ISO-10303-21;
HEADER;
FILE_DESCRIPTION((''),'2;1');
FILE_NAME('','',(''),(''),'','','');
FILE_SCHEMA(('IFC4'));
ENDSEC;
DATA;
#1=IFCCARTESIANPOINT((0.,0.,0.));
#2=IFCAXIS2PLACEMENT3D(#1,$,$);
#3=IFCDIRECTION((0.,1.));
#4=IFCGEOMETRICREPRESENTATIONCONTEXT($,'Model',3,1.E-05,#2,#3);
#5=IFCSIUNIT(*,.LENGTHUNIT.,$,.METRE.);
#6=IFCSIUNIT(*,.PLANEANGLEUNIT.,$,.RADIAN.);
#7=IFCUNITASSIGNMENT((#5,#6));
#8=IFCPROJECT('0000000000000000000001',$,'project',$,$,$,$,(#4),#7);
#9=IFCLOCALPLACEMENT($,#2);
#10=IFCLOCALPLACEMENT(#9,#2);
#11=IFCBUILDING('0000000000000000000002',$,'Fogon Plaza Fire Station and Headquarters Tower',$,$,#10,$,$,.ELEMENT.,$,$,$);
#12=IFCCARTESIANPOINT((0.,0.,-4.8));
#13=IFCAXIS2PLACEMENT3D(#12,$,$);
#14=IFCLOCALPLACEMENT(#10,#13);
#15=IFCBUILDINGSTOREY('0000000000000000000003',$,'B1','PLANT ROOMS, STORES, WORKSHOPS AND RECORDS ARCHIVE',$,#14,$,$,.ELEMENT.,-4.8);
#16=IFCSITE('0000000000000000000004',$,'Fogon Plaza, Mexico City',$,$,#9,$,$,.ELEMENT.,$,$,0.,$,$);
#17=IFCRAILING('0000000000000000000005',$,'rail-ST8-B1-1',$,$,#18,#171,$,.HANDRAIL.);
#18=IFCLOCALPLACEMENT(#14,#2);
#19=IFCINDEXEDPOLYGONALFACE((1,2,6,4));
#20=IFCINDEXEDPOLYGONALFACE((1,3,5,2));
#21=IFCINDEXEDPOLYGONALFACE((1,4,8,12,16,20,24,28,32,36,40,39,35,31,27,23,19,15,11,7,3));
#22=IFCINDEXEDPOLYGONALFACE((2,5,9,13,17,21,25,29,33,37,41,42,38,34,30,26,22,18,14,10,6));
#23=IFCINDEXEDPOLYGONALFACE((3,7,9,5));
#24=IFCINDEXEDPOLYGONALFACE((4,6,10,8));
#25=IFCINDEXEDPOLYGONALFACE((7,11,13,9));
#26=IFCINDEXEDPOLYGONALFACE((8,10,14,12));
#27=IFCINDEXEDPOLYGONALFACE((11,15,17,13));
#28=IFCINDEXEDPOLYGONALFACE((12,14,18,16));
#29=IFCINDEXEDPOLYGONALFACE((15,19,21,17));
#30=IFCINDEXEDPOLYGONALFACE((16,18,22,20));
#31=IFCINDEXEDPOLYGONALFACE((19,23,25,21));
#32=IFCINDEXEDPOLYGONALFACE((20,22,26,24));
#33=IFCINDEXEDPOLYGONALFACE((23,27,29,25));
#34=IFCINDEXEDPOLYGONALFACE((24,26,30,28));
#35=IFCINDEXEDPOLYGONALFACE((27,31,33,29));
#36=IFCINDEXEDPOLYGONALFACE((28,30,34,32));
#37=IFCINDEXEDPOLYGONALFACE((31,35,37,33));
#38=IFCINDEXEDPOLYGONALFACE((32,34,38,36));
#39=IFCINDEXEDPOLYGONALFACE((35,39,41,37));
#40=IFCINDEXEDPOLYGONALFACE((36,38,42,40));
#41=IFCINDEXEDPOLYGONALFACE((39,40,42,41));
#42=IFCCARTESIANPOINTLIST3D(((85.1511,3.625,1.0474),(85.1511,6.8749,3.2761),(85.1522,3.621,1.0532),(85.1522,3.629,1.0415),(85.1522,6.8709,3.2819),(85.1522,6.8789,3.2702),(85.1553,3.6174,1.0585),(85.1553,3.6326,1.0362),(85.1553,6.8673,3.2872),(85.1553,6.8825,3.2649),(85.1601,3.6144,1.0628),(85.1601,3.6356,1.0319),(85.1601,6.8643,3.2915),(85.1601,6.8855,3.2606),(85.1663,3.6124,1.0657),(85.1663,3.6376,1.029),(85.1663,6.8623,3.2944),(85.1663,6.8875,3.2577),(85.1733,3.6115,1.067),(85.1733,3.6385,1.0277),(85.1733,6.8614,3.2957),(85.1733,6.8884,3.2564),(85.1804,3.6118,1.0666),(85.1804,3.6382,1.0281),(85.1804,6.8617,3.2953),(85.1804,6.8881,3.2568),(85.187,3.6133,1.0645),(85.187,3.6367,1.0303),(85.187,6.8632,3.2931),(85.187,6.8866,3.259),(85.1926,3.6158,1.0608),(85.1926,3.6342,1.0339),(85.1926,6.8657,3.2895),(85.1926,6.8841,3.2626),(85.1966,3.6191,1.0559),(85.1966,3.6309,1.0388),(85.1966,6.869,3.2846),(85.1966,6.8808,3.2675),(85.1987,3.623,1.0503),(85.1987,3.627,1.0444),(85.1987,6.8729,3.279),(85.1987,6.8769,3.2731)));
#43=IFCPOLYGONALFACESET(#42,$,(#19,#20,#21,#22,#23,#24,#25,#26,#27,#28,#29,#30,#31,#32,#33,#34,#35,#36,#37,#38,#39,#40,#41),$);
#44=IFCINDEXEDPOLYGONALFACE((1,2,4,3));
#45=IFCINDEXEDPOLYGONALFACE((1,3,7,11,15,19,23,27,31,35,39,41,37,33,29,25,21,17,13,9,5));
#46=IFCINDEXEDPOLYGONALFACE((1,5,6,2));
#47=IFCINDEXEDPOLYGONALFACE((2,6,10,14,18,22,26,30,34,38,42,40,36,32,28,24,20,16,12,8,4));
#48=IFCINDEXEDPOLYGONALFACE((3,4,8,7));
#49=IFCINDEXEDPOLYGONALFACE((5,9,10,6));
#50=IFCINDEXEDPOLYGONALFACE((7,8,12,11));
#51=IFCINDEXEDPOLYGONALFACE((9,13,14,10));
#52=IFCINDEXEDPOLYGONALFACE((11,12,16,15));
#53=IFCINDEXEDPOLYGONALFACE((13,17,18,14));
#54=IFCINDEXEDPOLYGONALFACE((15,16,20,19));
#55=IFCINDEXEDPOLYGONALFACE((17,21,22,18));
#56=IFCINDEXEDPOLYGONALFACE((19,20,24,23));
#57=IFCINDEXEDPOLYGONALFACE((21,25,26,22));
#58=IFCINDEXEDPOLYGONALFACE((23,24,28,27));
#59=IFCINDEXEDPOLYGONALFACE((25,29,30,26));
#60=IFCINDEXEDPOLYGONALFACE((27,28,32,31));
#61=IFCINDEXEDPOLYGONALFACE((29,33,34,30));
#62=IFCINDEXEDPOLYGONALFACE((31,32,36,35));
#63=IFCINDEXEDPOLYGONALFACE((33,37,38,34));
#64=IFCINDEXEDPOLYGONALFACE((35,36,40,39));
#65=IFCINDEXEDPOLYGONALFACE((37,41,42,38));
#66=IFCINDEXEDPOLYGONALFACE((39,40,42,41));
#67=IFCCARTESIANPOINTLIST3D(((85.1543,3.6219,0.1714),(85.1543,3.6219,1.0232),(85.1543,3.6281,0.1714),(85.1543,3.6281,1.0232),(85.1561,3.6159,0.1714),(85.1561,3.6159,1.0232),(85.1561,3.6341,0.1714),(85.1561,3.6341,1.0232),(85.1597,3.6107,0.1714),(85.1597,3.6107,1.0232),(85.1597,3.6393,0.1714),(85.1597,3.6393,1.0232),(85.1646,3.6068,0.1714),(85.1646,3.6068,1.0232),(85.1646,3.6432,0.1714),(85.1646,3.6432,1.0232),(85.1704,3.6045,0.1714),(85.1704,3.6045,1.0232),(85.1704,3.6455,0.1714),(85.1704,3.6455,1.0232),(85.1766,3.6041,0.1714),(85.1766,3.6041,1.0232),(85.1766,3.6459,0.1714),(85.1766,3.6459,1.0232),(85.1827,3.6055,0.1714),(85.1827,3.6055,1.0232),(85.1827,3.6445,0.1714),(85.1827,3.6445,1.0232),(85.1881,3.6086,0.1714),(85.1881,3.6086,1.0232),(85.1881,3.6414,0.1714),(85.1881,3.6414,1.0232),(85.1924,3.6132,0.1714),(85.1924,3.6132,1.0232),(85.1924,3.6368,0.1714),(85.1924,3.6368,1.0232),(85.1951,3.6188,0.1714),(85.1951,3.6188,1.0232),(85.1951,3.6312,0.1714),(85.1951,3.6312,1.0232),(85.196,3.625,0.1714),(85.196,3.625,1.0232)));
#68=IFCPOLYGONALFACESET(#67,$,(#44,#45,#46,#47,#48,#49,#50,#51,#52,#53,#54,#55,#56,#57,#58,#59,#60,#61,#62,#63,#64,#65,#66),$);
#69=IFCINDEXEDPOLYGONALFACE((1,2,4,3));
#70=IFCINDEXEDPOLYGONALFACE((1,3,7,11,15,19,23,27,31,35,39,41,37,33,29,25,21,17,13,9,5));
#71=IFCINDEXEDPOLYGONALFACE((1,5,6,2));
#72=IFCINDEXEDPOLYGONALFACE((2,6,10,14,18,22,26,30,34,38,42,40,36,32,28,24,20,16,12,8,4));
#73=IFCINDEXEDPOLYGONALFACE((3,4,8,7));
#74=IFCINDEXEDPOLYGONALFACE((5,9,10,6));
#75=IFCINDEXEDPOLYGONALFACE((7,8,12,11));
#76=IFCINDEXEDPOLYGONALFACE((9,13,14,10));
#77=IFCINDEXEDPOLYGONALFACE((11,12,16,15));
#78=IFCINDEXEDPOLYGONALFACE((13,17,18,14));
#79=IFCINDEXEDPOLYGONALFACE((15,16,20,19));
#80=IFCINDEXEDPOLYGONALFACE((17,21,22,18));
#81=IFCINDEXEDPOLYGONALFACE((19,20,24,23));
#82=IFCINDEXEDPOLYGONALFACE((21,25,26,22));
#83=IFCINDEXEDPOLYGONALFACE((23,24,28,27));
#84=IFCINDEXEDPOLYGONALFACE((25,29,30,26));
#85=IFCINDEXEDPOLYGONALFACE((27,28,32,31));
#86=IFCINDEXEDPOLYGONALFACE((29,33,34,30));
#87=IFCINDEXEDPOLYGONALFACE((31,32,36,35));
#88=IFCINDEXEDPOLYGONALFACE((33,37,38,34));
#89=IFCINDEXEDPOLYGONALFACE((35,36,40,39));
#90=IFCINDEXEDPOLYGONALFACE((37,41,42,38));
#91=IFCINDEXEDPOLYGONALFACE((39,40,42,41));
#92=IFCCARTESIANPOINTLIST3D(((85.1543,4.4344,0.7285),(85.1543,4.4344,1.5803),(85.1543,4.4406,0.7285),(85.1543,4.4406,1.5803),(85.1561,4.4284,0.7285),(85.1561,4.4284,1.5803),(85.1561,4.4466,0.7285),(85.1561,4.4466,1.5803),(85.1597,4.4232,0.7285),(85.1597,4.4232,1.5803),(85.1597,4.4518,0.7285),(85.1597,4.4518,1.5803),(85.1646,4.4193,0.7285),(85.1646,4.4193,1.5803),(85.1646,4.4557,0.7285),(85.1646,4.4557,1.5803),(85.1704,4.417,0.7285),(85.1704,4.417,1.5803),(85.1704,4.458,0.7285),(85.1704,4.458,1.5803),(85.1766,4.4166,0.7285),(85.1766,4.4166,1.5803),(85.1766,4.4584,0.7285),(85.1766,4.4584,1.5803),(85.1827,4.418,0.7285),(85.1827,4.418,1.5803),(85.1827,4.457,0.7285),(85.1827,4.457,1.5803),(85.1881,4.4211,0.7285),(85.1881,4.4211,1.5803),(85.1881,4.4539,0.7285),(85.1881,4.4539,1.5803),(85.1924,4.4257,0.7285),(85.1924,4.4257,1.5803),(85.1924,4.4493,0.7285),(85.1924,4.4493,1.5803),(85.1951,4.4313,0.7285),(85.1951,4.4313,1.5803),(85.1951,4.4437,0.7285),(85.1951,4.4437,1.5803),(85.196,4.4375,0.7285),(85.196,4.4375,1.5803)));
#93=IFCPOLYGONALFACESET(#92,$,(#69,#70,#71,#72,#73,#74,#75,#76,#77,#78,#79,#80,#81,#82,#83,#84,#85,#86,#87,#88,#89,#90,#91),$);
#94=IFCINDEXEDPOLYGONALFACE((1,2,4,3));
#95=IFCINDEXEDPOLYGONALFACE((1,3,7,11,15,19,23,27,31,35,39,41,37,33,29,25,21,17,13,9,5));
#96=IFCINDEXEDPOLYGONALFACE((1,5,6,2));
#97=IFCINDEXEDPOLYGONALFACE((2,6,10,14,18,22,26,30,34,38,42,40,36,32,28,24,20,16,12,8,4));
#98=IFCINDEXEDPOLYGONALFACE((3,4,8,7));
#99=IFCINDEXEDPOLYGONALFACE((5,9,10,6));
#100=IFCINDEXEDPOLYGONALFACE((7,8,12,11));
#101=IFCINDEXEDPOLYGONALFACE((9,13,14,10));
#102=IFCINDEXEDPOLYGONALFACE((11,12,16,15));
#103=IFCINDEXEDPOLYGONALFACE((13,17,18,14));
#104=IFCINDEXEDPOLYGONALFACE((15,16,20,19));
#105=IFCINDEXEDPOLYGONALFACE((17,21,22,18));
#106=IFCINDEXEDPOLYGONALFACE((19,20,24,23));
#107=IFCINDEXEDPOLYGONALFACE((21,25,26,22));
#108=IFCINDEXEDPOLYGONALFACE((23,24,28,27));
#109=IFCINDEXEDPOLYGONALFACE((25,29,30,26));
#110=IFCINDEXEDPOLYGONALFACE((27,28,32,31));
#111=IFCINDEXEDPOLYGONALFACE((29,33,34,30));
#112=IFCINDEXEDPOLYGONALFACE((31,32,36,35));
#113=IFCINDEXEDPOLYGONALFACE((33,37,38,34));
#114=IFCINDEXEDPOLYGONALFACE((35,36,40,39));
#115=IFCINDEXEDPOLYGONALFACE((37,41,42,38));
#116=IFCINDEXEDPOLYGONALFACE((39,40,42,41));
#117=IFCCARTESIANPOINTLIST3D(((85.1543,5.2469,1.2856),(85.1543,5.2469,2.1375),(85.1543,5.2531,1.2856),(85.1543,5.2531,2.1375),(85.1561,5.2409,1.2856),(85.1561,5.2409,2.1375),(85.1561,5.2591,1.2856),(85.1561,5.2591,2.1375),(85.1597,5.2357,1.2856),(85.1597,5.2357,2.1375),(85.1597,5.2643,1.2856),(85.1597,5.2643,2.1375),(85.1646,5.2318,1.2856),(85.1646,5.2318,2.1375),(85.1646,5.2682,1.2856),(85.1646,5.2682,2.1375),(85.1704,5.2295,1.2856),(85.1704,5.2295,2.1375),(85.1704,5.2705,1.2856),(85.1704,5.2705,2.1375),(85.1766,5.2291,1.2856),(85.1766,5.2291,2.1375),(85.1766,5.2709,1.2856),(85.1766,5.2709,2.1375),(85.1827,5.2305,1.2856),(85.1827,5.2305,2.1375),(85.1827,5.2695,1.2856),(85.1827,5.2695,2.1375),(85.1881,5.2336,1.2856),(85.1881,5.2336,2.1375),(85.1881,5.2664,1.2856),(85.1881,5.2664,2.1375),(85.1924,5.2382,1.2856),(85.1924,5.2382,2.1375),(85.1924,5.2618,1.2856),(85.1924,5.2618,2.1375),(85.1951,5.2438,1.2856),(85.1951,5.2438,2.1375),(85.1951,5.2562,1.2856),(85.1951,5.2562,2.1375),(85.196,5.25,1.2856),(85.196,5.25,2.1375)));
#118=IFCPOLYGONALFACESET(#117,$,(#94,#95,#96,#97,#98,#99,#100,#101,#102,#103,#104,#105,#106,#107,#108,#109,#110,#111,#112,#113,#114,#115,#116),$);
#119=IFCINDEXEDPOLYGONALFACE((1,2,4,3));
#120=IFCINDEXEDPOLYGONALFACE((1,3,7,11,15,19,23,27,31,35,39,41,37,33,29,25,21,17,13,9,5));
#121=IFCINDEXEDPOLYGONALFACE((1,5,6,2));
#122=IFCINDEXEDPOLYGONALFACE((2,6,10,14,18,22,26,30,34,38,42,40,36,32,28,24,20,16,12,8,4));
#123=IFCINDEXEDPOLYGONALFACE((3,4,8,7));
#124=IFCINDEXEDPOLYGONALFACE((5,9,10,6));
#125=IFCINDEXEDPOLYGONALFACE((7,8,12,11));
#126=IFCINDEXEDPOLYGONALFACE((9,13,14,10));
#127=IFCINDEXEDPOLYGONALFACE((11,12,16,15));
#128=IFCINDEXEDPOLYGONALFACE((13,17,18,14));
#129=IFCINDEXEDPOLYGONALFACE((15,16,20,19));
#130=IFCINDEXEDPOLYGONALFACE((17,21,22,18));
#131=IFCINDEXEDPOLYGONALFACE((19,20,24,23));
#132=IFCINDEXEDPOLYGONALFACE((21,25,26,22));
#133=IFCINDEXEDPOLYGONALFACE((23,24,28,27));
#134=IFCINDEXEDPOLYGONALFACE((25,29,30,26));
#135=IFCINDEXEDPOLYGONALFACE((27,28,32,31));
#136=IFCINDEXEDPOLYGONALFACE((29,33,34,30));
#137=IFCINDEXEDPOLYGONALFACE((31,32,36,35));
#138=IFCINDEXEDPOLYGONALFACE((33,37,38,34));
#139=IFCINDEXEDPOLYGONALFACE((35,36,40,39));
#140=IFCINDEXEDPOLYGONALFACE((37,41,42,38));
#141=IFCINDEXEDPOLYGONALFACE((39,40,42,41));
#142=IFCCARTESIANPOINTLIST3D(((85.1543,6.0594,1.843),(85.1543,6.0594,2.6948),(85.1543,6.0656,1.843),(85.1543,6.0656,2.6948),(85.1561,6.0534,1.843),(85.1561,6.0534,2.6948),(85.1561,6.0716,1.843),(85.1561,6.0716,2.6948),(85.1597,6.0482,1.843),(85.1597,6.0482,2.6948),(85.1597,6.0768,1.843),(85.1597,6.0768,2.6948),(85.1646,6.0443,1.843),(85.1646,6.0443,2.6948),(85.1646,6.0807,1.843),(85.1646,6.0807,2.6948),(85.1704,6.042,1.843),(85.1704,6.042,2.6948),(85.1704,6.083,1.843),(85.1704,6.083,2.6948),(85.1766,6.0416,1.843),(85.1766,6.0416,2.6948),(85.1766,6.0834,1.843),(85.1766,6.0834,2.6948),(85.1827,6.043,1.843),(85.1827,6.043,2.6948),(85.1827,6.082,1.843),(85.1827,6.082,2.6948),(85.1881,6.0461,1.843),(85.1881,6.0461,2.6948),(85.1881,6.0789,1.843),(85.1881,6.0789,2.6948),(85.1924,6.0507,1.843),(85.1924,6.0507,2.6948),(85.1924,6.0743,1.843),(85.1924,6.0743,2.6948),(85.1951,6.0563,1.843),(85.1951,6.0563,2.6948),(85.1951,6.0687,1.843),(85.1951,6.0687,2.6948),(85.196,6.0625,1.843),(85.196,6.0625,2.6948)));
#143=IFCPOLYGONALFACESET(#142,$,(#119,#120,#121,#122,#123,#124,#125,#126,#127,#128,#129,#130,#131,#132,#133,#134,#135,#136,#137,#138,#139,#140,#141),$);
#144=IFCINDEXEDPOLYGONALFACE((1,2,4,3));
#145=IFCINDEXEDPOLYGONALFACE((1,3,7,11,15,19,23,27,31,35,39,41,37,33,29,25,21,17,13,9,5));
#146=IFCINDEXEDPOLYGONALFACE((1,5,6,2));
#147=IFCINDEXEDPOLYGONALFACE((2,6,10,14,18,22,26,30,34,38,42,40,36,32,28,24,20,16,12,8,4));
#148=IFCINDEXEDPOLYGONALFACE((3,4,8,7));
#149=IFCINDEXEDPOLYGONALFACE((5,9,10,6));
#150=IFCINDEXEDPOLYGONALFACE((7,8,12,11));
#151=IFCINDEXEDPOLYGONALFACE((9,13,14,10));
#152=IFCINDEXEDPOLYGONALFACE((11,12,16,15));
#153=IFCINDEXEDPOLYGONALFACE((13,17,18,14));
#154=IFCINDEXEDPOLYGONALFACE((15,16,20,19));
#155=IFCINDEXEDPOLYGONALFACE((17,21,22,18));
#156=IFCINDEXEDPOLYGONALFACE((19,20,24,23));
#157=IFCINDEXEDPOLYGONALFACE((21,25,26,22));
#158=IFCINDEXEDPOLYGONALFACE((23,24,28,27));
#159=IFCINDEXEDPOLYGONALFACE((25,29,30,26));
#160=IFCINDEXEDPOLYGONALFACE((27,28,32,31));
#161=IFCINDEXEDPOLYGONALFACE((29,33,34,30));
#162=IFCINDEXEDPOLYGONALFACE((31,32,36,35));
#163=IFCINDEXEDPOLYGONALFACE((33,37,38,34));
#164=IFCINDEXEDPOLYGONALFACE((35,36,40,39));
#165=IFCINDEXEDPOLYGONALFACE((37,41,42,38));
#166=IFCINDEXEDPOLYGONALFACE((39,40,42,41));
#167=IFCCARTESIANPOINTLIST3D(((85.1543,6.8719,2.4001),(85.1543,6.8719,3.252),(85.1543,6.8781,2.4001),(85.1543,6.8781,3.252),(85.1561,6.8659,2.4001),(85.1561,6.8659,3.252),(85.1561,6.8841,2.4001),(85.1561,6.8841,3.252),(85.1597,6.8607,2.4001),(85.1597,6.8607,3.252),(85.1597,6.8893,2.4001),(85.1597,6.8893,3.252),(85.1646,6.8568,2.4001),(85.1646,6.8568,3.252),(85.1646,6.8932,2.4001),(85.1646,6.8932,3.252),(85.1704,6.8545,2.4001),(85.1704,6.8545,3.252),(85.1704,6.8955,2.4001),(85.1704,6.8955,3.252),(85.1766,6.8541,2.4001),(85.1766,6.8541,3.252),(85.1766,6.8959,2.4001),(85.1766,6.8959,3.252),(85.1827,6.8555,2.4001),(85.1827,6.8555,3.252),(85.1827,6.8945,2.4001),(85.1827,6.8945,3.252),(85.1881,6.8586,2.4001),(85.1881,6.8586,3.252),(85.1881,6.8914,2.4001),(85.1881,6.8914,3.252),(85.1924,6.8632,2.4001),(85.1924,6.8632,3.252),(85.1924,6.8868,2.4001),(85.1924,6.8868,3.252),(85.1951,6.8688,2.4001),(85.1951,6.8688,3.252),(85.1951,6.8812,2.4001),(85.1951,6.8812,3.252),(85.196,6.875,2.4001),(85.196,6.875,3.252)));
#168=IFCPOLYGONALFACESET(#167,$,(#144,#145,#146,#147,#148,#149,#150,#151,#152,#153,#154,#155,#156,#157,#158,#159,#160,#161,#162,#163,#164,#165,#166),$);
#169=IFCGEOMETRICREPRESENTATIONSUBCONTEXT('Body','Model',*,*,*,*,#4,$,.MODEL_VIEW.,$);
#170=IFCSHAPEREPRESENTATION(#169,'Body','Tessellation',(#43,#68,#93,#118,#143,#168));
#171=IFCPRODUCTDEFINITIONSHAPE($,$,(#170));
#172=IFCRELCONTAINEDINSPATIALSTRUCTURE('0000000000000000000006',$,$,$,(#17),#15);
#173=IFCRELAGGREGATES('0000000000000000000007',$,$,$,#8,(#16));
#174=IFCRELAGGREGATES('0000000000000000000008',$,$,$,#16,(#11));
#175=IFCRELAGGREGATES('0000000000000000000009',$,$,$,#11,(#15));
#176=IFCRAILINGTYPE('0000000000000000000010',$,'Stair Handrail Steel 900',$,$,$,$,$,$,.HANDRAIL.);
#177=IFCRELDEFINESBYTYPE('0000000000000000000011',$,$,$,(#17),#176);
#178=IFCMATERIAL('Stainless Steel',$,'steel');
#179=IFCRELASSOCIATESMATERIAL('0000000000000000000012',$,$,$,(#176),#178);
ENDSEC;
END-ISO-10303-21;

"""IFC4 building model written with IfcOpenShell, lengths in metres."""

from ifc_helpers import new_model, si_unit, direction, frame, origin, origin_2d, place, context, subcontext, project, spatial, circle, extrude, material, type_object, element, save


model = new_model("IFC4")

# Units and contexts
model_context = context("Model", 3, precision=1e-05, world=origin(), true_north=direction((0.0, 1.0)))
body_context = subcontext(model_context, "Body", "Model", "MODEL_VIEW")
ifc_project = project(units=[si_unit("LENGTHUNIT", "METRE"), si_unit("PLANEANGLEUNIT", "RADIAN")], contexts=[model_context])

# Site, building, storey
site_placement = place(None, origin())
site = spatial("IfcSite", under=ifc_project, at=site_placement, Name="Fogon Plaza, Mexico City", CompositionType="ELEMENT", RefElevation=0.0)
building_placement = place(site_placement, origin())
building = spatial("IfcBuilding", under=site, at=building_placement, Name="Fogon Plaza Fire Station and Headquarters Tower", CompositionType="ELEMENT")
storey_placement = place(building_placement, frame((0.0, 0.0, -4.8)))
storey = spatial("IfcBuildingStorey", under=building, at=storey_placement, Name="B1", Description="PLANT ROOMS, STORES, WORKSHOPS AND RECORDS ARCHIVE", CompositionType="ELEMENT", Elevation=-4.8)

# Railing
ifc_material_1 = material(Name="Stainless Steel", Category="steel")
railing_type = type_object("IfcRailingType", Name="Stair Handrail Steel 900", PredefinedType="HANDRAIL", material=ifc_material_1)
for number, where, name in (
    (1, (85.175, 3.625, 0.1714), "rail-ST8-B1-1"),
):
    element("IfcRailing", number, at=place(storey_placement, frame(where)), inside=storey, type_object=railing_type, Name=name, PredefinedType="HANDRAIL", context=body_context, shape_type="SweptSolid", body=[
        extrude(circle(Radius=0.0239, at=origin_2d()), frame((0.0, 0.0, 0.876), z_axis=(0.0, 0.824707, 0.565561), x_axis=(-1.0, 0.0, 0.0)), (0.0, 0.0, 1.0), 3.9407),
        extrude(circle(Radius=0.021, at=origin_2d()), origin(), (0.0, 0.0, 1.0), 0.8518),
        extrude(circle(Radius=0.021, at=origin_2d()), frame((0.0, 0.8125, 0.5571)), (0.0, 0.0, 1.0), 0.8518),
        extrude(circle(Radius=0.021, at=origin_2d()), frame((0.0, 1.625, 1.1143)), (0.0, 0.0, 1.0), 0.8518),
        extrude(circle(Radius=0.021, at=origin_2d()), frame((0.0, 2.4375, 1.6716)), (0.0, 0.0, 1.0), 0.8518),
        extrude(circle(Radius=0.021, at=origin_2d()), frame((0.0, 3.25, 2.2288)), (0.0, 0.0, 1.0), 0.8518),
    ])

save(model, "model.ifc")
